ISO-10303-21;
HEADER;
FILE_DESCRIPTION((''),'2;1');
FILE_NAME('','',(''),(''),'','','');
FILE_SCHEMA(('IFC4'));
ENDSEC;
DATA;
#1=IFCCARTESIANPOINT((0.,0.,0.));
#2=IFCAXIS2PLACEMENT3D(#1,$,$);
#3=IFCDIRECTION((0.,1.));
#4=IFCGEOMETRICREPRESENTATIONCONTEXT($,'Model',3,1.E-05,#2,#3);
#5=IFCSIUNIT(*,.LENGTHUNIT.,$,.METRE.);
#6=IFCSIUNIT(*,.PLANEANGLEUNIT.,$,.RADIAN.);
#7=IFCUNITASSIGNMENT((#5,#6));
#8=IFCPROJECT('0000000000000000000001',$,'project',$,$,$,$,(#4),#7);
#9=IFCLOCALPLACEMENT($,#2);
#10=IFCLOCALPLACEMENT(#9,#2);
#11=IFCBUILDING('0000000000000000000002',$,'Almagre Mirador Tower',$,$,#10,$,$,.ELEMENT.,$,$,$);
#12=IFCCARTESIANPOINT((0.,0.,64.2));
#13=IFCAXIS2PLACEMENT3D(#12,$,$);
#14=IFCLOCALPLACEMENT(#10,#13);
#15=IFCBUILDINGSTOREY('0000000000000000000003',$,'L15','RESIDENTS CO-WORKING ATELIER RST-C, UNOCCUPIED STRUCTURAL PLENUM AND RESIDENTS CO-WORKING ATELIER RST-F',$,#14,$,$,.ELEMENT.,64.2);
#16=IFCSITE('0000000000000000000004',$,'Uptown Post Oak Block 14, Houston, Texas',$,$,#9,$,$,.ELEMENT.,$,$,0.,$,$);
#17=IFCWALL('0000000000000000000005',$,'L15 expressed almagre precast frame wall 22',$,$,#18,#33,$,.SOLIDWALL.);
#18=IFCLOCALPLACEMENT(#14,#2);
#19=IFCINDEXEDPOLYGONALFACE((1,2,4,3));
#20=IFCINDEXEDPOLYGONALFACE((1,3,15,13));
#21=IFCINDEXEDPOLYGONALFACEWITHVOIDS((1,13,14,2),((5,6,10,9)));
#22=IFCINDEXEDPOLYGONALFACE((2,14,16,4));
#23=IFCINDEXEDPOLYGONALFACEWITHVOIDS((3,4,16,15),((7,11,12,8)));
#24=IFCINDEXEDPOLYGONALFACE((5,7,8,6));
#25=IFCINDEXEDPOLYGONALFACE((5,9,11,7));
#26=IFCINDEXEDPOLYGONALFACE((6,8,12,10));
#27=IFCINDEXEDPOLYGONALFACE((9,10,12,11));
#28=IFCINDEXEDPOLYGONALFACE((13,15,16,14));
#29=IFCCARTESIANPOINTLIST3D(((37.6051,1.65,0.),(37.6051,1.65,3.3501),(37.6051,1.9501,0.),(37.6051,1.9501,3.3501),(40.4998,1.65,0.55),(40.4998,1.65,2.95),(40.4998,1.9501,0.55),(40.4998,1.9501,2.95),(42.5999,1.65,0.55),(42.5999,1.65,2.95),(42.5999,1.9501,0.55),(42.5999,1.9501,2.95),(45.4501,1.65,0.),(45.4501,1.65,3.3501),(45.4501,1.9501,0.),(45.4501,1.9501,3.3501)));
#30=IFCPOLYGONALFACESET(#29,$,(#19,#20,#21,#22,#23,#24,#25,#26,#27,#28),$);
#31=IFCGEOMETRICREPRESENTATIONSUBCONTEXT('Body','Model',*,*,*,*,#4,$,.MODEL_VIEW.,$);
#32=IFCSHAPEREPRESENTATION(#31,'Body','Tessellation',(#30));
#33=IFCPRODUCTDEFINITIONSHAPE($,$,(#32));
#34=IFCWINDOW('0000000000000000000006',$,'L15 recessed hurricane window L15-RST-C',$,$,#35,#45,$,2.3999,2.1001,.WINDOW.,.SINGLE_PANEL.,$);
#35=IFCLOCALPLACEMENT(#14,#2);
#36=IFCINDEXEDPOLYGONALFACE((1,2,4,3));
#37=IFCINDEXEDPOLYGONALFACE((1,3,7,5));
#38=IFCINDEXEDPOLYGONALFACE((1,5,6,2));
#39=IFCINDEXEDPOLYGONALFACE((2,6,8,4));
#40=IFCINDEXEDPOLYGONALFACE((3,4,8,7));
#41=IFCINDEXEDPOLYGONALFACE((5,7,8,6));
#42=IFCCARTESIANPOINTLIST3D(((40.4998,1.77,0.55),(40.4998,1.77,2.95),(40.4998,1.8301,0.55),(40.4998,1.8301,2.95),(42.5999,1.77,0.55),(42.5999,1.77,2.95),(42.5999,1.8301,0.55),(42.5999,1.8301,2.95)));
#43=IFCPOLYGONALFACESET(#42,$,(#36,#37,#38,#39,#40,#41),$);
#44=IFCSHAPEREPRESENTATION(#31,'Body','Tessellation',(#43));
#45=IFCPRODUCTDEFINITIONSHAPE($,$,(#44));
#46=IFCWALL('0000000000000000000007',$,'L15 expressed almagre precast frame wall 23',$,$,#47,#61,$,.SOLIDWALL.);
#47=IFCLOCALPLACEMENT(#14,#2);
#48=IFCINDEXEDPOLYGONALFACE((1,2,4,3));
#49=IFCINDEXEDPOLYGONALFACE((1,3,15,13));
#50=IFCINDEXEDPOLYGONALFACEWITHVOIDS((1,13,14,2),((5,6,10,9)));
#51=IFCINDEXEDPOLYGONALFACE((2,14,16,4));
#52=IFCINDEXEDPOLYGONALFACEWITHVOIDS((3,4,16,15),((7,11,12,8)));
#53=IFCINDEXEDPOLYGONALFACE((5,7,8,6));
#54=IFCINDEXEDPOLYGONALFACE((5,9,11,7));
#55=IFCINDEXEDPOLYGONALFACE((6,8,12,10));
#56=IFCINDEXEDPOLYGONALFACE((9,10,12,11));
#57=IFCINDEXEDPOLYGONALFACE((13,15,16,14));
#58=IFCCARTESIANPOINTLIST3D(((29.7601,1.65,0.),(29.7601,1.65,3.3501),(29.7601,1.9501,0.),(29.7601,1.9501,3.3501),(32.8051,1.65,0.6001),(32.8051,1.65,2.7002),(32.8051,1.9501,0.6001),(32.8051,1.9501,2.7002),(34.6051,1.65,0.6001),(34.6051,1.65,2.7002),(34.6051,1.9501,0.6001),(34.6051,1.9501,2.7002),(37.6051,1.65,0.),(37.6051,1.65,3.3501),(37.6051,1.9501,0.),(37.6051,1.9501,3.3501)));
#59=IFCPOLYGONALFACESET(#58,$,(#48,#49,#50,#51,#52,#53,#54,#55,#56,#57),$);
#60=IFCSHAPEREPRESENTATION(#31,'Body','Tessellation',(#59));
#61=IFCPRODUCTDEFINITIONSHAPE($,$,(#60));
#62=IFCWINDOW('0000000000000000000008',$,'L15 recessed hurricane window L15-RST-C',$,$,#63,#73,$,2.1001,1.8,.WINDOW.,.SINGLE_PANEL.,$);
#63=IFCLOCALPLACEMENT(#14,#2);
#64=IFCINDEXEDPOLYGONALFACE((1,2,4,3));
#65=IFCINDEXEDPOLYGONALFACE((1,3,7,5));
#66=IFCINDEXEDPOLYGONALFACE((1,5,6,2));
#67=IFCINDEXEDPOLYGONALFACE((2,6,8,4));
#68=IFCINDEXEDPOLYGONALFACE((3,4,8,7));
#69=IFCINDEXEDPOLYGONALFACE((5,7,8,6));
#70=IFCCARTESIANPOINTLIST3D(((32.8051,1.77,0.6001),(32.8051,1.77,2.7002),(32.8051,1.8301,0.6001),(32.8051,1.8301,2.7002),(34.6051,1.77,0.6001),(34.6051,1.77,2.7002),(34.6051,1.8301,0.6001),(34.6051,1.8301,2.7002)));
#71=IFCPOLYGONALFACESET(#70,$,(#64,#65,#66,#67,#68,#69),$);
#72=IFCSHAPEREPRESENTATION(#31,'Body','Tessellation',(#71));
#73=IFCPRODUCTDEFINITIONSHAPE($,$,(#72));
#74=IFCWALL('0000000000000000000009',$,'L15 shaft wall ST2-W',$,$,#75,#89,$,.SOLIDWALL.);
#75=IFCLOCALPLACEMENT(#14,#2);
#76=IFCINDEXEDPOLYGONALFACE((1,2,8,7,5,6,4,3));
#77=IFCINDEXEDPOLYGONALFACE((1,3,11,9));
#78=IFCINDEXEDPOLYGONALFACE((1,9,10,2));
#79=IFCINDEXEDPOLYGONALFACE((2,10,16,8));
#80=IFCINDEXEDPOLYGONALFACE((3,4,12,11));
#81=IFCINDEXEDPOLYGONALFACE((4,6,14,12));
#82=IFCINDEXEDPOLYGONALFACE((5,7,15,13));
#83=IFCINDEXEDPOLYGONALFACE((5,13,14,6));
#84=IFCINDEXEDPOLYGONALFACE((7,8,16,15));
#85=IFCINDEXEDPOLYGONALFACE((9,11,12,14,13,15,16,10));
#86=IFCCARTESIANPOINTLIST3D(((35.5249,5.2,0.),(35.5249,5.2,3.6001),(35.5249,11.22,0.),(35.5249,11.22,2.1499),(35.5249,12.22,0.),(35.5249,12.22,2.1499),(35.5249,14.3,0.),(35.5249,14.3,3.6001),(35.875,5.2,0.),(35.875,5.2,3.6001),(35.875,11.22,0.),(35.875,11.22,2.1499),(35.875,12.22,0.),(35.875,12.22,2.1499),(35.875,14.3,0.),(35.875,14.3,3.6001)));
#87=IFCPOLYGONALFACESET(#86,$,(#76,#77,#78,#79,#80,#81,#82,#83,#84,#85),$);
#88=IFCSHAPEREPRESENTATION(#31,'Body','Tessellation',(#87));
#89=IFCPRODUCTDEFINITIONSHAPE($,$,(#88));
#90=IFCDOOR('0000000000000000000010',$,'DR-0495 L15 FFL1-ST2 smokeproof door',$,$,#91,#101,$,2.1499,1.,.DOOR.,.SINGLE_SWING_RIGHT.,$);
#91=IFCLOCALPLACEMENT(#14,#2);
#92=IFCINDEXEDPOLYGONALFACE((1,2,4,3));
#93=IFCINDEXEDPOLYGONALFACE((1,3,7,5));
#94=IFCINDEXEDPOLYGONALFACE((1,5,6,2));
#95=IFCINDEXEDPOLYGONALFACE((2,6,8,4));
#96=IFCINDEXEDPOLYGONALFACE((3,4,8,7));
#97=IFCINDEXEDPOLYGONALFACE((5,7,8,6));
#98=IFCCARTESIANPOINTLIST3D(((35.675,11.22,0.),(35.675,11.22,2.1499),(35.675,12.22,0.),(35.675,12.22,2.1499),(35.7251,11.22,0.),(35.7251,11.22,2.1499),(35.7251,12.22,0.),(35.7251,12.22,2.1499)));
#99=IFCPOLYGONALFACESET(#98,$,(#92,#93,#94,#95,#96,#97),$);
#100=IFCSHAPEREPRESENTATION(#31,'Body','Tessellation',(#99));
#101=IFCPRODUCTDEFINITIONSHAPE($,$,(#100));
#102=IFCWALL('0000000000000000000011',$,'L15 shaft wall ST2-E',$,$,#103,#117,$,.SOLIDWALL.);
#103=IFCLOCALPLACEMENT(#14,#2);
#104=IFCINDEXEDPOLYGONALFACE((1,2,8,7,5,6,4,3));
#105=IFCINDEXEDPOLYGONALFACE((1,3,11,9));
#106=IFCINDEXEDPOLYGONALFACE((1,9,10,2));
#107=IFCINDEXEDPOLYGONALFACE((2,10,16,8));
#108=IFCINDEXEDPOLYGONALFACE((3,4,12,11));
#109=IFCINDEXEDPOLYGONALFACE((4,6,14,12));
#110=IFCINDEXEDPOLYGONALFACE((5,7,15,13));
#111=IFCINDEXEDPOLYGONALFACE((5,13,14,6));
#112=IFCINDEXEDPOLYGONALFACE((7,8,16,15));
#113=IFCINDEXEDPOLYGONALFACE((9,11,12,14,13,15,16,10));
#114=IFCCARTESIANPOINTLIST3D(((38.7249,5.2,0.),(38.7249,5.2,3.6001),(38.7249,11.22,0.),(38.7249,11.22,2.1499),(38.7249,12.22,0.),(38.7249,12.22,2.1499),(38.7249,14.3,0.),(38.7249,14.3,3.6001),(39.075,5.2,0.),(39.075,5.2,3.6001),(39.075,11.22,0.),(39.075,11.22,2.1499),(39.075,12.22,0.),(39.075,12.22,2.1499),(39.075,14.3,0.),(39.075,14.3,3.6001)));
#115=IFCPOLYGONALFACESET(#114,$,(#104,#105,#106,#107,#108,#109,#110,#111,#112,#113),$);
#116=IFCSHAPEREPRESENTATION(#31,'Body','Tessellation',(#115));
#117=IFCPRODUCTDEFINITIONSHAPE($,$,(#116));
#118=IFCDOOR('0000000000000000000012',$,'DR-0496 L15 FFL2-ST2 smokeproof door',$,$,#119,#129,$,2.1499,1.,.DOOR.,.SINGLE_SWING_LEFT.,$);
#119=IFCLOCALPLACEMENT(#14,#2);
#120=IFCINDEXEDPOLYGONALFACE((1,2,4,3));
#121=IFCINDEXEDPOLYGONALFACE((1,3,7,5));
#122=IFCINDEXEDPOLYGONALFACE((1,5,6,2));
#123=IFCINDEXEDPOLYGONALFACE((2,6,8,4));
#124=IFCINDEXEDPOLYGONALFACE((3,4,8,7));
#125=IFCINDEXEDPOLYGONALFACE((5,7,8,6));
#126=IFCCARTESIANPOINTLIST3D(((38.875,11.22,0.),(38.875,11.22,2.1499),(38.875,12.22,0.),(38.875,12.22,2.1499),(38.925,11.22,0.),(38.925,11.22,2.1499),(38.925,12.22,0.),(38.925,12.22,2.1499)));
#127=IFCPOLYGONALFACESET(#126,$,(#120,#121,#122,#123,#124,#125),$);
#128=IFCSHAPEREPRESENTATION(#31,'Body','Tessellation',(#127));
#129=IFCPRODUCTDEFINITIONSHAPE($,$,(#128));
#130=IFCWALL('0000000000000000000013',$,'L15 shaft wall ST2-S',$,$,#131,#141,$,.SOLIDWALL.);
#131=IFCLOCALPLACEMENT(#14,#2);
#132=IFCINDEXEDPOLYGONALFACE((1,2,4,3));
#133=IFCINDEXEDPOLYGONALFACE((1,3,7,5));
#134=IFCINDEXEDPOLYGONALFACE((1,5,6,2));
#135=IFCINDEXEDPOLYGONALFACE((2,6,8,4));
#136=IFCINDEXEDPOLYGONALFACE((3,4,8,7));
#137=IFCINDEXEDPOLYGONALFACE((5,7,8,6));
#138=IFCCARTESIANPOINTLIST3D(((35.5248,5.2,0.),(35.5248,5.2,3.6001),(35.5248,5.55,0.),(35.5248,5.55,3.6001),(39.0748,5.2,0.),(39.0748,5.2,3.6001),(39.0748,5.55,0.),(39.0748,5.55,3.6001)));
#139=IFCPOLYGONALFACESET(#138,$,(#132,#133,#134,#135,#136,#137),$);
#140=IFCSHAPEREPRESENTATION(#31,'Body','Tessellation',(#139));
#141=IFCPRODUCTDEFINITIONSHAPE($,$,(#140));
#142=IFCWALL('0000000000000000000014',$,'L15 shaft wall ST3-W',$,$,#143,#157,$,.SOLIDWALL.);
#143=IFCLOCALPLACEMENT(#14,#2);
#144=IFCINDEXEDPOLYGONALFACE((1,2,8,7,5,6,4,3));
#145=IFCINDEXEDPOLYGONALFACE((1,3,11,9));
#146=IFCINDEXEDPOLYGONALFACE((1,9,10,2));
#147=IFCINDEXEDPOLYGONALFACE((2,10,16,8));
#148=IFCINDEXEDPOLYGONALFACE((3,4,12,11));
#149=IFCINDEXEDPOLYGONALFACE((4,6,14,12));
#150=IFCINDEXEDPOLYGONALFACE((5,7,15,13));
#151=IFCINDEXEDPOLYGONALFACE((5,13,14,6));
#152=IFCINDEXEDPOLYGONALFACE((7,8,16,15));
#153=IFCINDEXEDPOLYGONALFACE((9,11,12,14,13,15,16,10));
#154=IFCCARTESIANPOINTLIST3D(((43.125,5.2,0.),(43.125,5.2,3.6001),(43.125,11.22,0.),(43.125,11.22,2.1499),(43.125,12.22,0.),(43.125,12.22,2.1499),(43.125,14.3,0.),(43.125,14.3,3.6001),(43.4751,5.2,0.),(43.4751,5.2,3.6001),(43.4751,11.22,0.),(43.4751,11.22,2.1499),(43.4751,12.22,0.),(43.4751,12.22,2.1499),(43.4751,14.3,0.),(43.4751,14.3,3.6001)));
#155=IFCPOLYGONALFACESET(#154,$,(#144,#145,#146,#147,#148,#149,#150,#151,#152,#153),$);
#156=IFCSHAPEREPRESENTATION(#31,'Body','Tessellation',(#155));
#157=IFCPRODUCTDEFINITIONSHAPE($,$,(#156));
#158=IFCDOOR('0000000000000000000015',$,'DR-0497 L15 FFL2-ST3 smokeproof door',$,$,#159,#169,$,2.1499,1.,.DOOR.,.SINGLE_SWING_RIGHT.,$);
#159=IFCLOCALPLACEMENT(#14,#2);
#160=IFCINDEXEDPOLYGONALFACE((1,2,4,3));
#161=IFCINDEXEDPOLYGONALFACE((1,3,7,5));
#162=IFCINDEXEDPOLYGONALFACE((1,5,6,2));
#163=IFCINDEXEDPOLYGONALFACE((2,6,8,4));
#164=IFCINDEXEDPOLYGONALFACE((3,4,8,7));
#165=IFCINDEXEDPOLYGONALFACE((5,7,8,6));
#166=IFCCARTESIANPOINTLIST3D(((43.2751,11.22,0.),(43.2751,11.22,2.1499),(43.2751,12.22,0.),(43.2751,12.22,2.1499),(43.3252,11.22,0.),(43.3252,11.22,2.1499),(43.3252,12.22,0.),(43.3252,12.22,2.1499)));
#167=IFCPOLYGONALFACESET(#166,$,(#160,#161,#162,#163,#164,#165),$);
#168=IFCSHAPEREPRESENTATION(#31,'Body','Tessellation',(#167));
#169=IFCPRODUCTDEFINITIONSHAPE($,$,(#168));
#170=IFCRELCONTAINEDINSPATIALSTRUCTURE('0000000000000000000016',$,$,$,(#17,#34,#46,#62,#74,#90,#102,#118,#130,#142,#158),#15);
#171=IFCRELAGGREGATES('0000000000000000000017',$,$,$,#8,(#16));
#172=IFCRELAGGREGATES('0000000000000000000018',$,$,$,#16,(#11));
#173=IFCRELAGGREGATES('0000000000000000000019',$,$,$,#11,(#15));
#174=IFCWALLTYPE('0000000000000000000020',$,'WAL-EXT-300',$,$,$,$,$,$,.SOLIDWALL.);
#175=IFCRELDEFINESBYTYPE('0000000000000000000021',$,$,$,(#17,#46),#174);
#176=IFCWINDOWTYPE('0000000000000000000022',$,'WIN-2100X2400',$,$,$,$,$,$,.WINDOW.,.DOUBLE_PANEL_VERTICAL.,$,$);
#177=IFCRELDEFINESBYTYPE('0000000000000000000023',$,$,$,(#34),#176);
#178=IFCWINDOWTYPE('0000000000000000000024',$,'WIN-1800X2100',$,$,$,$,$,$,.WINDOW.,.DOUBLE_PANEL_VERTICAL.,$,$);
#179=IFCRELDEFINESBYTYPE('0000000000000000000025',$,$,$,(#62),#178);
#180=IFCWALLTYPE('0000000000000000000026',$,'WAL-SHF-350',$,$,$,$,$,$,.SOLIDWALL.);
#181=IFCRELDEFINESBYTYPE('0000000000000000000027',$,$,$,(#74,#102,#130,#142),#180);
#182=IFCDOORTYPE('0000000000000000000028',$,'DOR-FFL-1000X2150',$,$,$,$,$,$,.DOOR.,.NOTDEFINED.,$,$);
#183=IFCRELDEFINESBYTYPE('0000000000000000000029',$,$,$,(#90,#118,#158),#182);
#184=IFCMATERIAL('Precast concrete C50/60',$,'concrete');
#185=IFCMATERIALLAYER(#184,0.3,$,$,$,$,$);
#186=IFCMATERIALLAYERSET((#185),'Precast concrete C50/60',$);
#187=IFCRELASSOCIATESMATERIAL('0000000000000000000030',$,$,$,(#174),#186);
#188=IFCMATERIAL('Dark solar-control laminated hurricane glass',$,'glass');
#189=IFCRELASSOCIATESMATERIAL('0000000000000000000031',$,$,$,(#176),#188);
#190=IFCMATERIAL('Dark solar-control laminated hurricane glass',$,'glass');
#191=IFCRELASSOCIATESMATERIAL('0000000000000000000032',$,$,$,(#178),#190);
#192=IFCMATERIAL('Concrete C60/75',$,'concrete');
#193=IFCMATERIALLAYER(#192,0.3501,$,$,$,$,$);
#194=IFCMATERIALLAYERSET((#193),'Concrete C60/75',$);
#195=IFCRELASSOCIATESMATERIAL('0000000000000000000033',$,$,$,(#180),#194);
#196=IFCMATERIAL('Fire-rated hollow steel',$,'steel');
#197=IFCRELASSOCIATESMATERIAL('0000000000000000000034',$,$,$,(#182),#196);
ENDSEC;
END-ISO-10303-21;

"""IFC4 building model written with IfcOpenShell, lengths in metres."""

from ifc_helpers import new_model, si_unit, direction, frame, frame_2d, origin, place, context, subcontext, project, spatial, rectangle, extrude, material, layer, layer_set, type_object, element, fill, save


model = new_model("IFC4")

# Units and contexts
model_context = context("Model", 3, precision=1e-05, world=origin(), true_north=direction((0.0, 1.0)))
body_context = subcontext(model_context, "Body", "Model", "MODEL_VIEW")
ifc_project = project(units=[si_unit("LENGTHUNIT", "METRE"), si_unit("PLANEANGLEUNIT", "RADIAN")], contexts=[model_context])

# Site, building, storey
site_placement = place(None, origin())
site = spatial("IfcSite", under=ifc_project, at=site_placement, Name="Uptown Post Oak Block 14, Houston, Texas", CompositionType="ELEMENT", RefElevation=0.0)
building_placement = place(site_placement, origin())
building = spatial("IfcBuilding", under=site, at=building_placement, Name="Almagre Mirador Tower", CompositionType="ELEMENT")
storey_placement = place(building_placement, frame((0.0, 0.0, 64.2)))
storey = spatial("IfcBuildingStorey", under=building, at=storey_placement, Name="L15", Description="RESIDENTS CO-WORKING ATELIER RST-C, UNOCCUPIED STRUCTURAL PLENUM AND RESIDENTS CO-WORKING ATELIER RST-F", CompositionType="ELEMENT", Elevation=64.2)

# Walls, openings, windows
ifc_material_1 = material(Name="Precast concrete C50/60", Category="concrete")
ifc_layer_1 = layer(ifc_material_1, 0.3)
ifc_layer_set_1 = layer_set([ifc_layer_1], Name="Precast concrete C50/60")
wall_type_1 = type_object("IfcWallType", Name="WAL-EXT-300", PredefinedType="SOLIDWALL", material=ifc_layer_set_1)
wall_1_placement = place(storey_placement, frame((45.45, 1.8, 0.0), z_axis=(0.0, 0.0, 1.0), x_axis=(-1.0, 0.0, 0.0)))
wall_1 = element("IfcWall", 1, at=wall_1_placement, inside=storey, type_object=wall_type_1, Name="L15 expressed almagre precast frame wall 22", PredefinedType="SOLIDWALL", context=body_context, shape_type="SweptSolid", body=[
    extrude(rectangle(XDim=7.845, YDim=0.3, at=frame_2d((3.9224, 0.0))), origin(), (0.0, 0.0, 1.0), 3.3501),
])
opening_1_placement = place(wall_1_placement, frame((2.8501, 0.0, 0.55)))
opening_1 = element("IfcOpeningElement", 2, at=opening_1_placement, cuts=wall_1, PredefinedType="OPENING", context=body_context, shape_type="SweptSolid", body=[
    extrude(rectangle(XDim=2.1001, YDim=2.3999, at=frame_2d((1.05, 1.2))), frame((0.0, 0.1599, 0.0), z_axis=(0.0, -1.0, 0.0), x_axis=(1.0, 0.0, 0.0)), (0.0, 0.0, 1.0), 0.32),
])
ifc_material_2 = material(Name="Dark solar-control laminated hurricane glass", Category="glass")
window_type_1 = type_object("IfcWindowType", Name="WIN-2100X2400", PartitioningType="DOUBLE_PANEL_VERTICAL", PredefinedType="WINDOW", material=ifc_material_2)
window_1_placement = place(opening_1_placement, origin())
window_1 = element("IfcWindow", 3, at=window_1_placement, inside=storey, type_object=window_type_1, Name="L15 recessed hurricane window L15-RST-C", OverallHeight=2.3999, OverallWidth=2.1001, PartitioningType="SINGLE_PANEL", PredefinedType="WINDOW", context=body_context, shape_type="SweptSolid", body=[
    extrude(rectangle(XDim=2.1001, YDim=2.3999, at=frame_2d((1.05, 1.2))), frame((0.0, 0.03, 0.0), z_axis=(0.0, -1.0, 0.0), x_axis=(1.0, 0.0, 0.0)), (0.0, 0.0, 1.0), 0.0601),
])
fill(opening_1, window_1)
wall_2_placement = place(storey_placement, frame((37.605, 1.8, 0.0), z_axis=(0.0, 0.0, 1.0), x_axis=(-1.0, 0.0, 0.0)))
wall_2 = element("IfcWall", 4, at=wall_2_placement, inside=storey, type_object=wall_type_1, Name="L15 expressed almagre precast frame wall 23", PredefinedType="SOLIDWALL", context=body_context, shape_type="SweptSolid", body=[
    extrude(rectangle(XDim=7.845, YDim=0.3, at=frame_2d((3.9224, 0.0))), origin(), (0.0, 0.0, 1.0), 3.3501),
])
opening_2_placement = place(wall_2_placement, frame((3.0, 0.0, 0.6001)))
opening_2 = element("IfcOpeningElement", 5, at=opening_2_placement, cuts=wall_2, PredefinedType="OPENING", context=body_context, shape_type="SweptSolid", body=[
    extrude(rectangle(XDim=1.8, YDim=2.1001, at=frame_2d((0.8999, 1.05))), frame((0.0, 0.1599, 0.0), z_axis=(0.0, -1.0, 0.0), x_axis=(1.0, 0.0, 0.0)), (0.0, 0.0, 1.0), 0.32),
])
ifc_material_3 = material(Name="Dark solar-control laminated hurricane glass", Category="glass")
window_type_2 = type_object("IfcWindowType", Name="WIN-1800X2100", PartitioningType="DOUBLE_PANEL_VERTICAL", PredefinedType="WINDOW", material=ifc_material_3)
window_2_placement = place(opening_2_placement, origin())
window_2 = element("IfcWindow", 6, at=window_2_placement, inside=storey, type_object=window_type_2, Name="L15 recessed hurricane window L15-RST-C", OverallHeight=2.1001, OverallWidth=1.8, PartitioningType="SINGLE_PANEL", PredefinedType="WINDOW", context=body_context, shape_type="SweptSolid", body=[
    extrude(rectangle(XDim=1.8, YDim=2.1001, at=frame_2d((0.8999, 1.05))), frame((0.0, 0.03, 0.0), z_axis=(0.0, -1.0, 0.0), x_axis=(1.0, 0.0, 0.0)), (0.0, 0.0, 1.0), 0.0601),
])
fill(opening_2, window_2)

# Walls, openings, doors
ifc_material_4 = material(Name="Concrete C60/75", Category="concrete")
ifc_layer_2 = layer(ifc_material_4, 0.3501)
ifc_layer_set_2 = layer_set([ifc_layer_2], Name="Concrete C60/75")
wall_type_2 = type_object("IfcWallType", Name="WAL-SHF-350", PredefinedType="SOLIDWALL", material=ifc_layer_set_2)
wall_3_placement = place(storey_placement, frame((35.7, 5.2, 0.0), z_axis=(0.0, 0.0, 1.0), x_axis=(0.0, 1.0, 0.0)))
wall_3 = element("IfcWall", 7, at=wall_3_placement, inside=storey, type_object=wall_type_2, Name="L15 shaft wall ST2-W", PredefinedType="SOLIDWALL", context=body_context, shape_type="SweptSolid", body=[
    extrude(rectangle(XDim=9.1001, YDim=0.3501, at=frame_2d((4.55, 0.0))), origin(), (0.0, 0.0, 1.0), 3.6001),
])
opening_3_placement = place(wall_3_placement, frame((6.02, 0.0, 0.0)))
opening_3 = element("IfcOpeningElement", 8, at=opening_3_placement, cuts=wall_3, PredefinedType="OPENING", context=body_context, shape_type="SweptSolid", body=[
    extrude(rectangle(XDim=1.0, YDim=2.1499, at=frame_2d((0.5, 1.075))), frame((0.0, 0.185, 0.0), z_axis=(0.0, -1.0, 0.0), x_axis=(1.0, 0.0, 0.0)), (0.0, 0.0, 1.0), 0.3701),
])
ifc_material_5 = material(Name="Fire-rated hollow steel", Category="steel")
door_type_1 = type_object("IfcDoorType", Name="DOR-FFL-1000X2150", OperationType="NOTDEFINED", PredefinedType="DOOR", material=ifc_material_5)
door_1_placement = place(opening_3_placement, origin())
door_1 = element("IfcDoor", 9, at=door_1_placement, inside=storey, type_object=door_type_1, Name="DR-0495 L15 FFL1-ST2 smokeproof door", OperationType="SINGLE_SWING_RIGHT", OverallHeight=2.1499, OverallWidth=1.0, PredefinedType="DOOR", context=body_context, shape_type="SweptSolid", body=[
    extrude(rectangle(XDim=1.0, YDim=2.1499, at=frame_2d((0.5, 1.075))), frame((0.0, 0.0249, 0.0), z_axis=(0.0, -1.0, 0.0), x_axis=(1.0, 0.0, 0.0)), (0.0, 0.0, 1.0), 0.05),
])
fill(opening_3, door_1)
wall_4_placement = place(storey_placement, frame((38.8999, 5.2, 0.0), z_axis=(0.0, 0.0, 1.0), x_axis=(0.0, 1.0, 0.0)))
wall_4 = element("IfcWall", 10, at=wall_4_placement, inside=storey, type_object=wall_type_2, Name="L15 shaft wall ST2-E", PredefinedType="SOLIDWALL", context=body_context, shape_type="SweptSolid", body=[
    extrude(rectangle(XDim=9.1001, YDim=0.3501, at=frame_2d((4.55, 0.0))), origin(), (0.0, 0.0, 1.0), 3.6001),
])
opening_4_placement = place(wall_4_placement, frame((6.02, 0.0, 0.0)))
opening_4 = element("IfcOpeningElement", 11, at=opening_4_placement, cuts=wall_4, PredefinedType="OPENING", context=body_context, shape_type="SweptSolid", body=[
    extrude(rectangle(XDim=1.0, YDim=2.1499, at=frame_2d((0.5, 1.075))), frame((0.0, 0.185, 0.0), z_axis=(0.0, -1.0, 0.0), x_axis=(1.0, 0.0, 0.0)), (0.0, 0.0, 1.0), 0.3701),
])
door_2_placement = place(opening_4_placement, origin())
door_2 = element("IfcDoor", 12, at=door_2_placement, inside=storey, type_object=door_type_1, Name="DR-0496 L15 FFL2-ST2 smokeproof door", OperationType="SINGLE_SWING_LEFT", OverallHeight=2.1499, OverallWidth=1.0, PredefinedType="DOOR", context=body_context, shape_type="SweptSolid", body=[
    extrude(rectangle(XDim=1.0, YDim=2.1499, at=frame_2d((0.5, 1.075))), frame((0.0, 0.0249, 0.0), z_axis=(0.0, -1.0, 0.0), x_axis=(1.0, 0.0, 0.0)), (0.0, 0.0, 1.0), 0.05),
])
fill(opening_4, door_2)

# Wall
wall_5_placement = place(storey_placement, frame((35.5249, 5.375, 0.0), z_axis=(0.0, 0.0, 1.0), x_axis=(1.0, 0.0, 0.0)))
element("IfcWall", 13, at=wall_5_placement, inside=storey, type_object=wall_type_2, Name="L15 shaft wall ST2-S", PredefinedType="SOLIDWALL", context=body_context, shape_type="SweptSolid", body=[
    extrude(rectangle(XDim=3.55, YDim=0.3501, at=frame_2d((1.7749, 0.0))), origin(), (0.0, 0.0, 1.0), 3.6001),
])

# Wall, opening, door
wall_6_placement = place(storey_placement, frame((43.3, 5.2, 0.0), z_axis=(0.0, 0.0, 1.0), x_axis=(0.0, 1.0, 0.0)))
wall_6 = element("IfcWall", 14, at=wall_6_placement, inside=storey, type_object=wall_type_2, Name="L15 shaft wall ST3-W", PredefinedType="SOLIDWALL", context=body_context, shape_type="SweptSolid", body=[
    extrude(rectangle(XDim=9.1001, YDim=0.3501, at=frame_2d((4.55, 0.0))), origin(), (0.0, 0.0, 1.0), 3.6001),
])
opening_5_placement = place(wall_6_placement, frame((6.02, 0.0, 0.0)))
opening_5 = element("IfcOpeningElement", 15, at=opening_5_placement, cuts=wall_6, PredefinedType="OPENING", context=body_context, shape_type="SweptSolid", body=[
    extrude(rectangle(XDim=1.0, YDim=2.1499, at=frame_2d((0.5, 1.075))), frame((0.0, 0.185, 0.0), z_axis=(0.0, -1.0, 0.0), x_axis=(1.0, 0.0, 0.0)), (0.0, 0.0, 1.0), 0.3701),
])
door_3_placement = place(opening_5_placement, origin())
door_3 = element("IfcDoor", 16, at=door_3_placement, inside=storey, type_object=door_type_1, Name="DR-0497 L15 FFL2-ST3 smokeproof door", OperationType="SINGLE_SWING_RIGHT", OverallHeight=2.1499, OverallWidth=1.0, PredefinedType="DOOR", context=body_context, shape_type="SweptSolid", body=[
    extrude(rectangle(XDim=1.0, YDim=2.1499, at=frame_2d((0.5, 1.075))), frame((0.0, 0.0249, 0.0), z_axis=(0.0, -1.0, 0.0), x_axis=(1.0, 0.0, 0.0)), (0.0, 0.0, 1.0), 0.05),
])
fill(opening_5, door_3)

save(model, "model.ifc")
